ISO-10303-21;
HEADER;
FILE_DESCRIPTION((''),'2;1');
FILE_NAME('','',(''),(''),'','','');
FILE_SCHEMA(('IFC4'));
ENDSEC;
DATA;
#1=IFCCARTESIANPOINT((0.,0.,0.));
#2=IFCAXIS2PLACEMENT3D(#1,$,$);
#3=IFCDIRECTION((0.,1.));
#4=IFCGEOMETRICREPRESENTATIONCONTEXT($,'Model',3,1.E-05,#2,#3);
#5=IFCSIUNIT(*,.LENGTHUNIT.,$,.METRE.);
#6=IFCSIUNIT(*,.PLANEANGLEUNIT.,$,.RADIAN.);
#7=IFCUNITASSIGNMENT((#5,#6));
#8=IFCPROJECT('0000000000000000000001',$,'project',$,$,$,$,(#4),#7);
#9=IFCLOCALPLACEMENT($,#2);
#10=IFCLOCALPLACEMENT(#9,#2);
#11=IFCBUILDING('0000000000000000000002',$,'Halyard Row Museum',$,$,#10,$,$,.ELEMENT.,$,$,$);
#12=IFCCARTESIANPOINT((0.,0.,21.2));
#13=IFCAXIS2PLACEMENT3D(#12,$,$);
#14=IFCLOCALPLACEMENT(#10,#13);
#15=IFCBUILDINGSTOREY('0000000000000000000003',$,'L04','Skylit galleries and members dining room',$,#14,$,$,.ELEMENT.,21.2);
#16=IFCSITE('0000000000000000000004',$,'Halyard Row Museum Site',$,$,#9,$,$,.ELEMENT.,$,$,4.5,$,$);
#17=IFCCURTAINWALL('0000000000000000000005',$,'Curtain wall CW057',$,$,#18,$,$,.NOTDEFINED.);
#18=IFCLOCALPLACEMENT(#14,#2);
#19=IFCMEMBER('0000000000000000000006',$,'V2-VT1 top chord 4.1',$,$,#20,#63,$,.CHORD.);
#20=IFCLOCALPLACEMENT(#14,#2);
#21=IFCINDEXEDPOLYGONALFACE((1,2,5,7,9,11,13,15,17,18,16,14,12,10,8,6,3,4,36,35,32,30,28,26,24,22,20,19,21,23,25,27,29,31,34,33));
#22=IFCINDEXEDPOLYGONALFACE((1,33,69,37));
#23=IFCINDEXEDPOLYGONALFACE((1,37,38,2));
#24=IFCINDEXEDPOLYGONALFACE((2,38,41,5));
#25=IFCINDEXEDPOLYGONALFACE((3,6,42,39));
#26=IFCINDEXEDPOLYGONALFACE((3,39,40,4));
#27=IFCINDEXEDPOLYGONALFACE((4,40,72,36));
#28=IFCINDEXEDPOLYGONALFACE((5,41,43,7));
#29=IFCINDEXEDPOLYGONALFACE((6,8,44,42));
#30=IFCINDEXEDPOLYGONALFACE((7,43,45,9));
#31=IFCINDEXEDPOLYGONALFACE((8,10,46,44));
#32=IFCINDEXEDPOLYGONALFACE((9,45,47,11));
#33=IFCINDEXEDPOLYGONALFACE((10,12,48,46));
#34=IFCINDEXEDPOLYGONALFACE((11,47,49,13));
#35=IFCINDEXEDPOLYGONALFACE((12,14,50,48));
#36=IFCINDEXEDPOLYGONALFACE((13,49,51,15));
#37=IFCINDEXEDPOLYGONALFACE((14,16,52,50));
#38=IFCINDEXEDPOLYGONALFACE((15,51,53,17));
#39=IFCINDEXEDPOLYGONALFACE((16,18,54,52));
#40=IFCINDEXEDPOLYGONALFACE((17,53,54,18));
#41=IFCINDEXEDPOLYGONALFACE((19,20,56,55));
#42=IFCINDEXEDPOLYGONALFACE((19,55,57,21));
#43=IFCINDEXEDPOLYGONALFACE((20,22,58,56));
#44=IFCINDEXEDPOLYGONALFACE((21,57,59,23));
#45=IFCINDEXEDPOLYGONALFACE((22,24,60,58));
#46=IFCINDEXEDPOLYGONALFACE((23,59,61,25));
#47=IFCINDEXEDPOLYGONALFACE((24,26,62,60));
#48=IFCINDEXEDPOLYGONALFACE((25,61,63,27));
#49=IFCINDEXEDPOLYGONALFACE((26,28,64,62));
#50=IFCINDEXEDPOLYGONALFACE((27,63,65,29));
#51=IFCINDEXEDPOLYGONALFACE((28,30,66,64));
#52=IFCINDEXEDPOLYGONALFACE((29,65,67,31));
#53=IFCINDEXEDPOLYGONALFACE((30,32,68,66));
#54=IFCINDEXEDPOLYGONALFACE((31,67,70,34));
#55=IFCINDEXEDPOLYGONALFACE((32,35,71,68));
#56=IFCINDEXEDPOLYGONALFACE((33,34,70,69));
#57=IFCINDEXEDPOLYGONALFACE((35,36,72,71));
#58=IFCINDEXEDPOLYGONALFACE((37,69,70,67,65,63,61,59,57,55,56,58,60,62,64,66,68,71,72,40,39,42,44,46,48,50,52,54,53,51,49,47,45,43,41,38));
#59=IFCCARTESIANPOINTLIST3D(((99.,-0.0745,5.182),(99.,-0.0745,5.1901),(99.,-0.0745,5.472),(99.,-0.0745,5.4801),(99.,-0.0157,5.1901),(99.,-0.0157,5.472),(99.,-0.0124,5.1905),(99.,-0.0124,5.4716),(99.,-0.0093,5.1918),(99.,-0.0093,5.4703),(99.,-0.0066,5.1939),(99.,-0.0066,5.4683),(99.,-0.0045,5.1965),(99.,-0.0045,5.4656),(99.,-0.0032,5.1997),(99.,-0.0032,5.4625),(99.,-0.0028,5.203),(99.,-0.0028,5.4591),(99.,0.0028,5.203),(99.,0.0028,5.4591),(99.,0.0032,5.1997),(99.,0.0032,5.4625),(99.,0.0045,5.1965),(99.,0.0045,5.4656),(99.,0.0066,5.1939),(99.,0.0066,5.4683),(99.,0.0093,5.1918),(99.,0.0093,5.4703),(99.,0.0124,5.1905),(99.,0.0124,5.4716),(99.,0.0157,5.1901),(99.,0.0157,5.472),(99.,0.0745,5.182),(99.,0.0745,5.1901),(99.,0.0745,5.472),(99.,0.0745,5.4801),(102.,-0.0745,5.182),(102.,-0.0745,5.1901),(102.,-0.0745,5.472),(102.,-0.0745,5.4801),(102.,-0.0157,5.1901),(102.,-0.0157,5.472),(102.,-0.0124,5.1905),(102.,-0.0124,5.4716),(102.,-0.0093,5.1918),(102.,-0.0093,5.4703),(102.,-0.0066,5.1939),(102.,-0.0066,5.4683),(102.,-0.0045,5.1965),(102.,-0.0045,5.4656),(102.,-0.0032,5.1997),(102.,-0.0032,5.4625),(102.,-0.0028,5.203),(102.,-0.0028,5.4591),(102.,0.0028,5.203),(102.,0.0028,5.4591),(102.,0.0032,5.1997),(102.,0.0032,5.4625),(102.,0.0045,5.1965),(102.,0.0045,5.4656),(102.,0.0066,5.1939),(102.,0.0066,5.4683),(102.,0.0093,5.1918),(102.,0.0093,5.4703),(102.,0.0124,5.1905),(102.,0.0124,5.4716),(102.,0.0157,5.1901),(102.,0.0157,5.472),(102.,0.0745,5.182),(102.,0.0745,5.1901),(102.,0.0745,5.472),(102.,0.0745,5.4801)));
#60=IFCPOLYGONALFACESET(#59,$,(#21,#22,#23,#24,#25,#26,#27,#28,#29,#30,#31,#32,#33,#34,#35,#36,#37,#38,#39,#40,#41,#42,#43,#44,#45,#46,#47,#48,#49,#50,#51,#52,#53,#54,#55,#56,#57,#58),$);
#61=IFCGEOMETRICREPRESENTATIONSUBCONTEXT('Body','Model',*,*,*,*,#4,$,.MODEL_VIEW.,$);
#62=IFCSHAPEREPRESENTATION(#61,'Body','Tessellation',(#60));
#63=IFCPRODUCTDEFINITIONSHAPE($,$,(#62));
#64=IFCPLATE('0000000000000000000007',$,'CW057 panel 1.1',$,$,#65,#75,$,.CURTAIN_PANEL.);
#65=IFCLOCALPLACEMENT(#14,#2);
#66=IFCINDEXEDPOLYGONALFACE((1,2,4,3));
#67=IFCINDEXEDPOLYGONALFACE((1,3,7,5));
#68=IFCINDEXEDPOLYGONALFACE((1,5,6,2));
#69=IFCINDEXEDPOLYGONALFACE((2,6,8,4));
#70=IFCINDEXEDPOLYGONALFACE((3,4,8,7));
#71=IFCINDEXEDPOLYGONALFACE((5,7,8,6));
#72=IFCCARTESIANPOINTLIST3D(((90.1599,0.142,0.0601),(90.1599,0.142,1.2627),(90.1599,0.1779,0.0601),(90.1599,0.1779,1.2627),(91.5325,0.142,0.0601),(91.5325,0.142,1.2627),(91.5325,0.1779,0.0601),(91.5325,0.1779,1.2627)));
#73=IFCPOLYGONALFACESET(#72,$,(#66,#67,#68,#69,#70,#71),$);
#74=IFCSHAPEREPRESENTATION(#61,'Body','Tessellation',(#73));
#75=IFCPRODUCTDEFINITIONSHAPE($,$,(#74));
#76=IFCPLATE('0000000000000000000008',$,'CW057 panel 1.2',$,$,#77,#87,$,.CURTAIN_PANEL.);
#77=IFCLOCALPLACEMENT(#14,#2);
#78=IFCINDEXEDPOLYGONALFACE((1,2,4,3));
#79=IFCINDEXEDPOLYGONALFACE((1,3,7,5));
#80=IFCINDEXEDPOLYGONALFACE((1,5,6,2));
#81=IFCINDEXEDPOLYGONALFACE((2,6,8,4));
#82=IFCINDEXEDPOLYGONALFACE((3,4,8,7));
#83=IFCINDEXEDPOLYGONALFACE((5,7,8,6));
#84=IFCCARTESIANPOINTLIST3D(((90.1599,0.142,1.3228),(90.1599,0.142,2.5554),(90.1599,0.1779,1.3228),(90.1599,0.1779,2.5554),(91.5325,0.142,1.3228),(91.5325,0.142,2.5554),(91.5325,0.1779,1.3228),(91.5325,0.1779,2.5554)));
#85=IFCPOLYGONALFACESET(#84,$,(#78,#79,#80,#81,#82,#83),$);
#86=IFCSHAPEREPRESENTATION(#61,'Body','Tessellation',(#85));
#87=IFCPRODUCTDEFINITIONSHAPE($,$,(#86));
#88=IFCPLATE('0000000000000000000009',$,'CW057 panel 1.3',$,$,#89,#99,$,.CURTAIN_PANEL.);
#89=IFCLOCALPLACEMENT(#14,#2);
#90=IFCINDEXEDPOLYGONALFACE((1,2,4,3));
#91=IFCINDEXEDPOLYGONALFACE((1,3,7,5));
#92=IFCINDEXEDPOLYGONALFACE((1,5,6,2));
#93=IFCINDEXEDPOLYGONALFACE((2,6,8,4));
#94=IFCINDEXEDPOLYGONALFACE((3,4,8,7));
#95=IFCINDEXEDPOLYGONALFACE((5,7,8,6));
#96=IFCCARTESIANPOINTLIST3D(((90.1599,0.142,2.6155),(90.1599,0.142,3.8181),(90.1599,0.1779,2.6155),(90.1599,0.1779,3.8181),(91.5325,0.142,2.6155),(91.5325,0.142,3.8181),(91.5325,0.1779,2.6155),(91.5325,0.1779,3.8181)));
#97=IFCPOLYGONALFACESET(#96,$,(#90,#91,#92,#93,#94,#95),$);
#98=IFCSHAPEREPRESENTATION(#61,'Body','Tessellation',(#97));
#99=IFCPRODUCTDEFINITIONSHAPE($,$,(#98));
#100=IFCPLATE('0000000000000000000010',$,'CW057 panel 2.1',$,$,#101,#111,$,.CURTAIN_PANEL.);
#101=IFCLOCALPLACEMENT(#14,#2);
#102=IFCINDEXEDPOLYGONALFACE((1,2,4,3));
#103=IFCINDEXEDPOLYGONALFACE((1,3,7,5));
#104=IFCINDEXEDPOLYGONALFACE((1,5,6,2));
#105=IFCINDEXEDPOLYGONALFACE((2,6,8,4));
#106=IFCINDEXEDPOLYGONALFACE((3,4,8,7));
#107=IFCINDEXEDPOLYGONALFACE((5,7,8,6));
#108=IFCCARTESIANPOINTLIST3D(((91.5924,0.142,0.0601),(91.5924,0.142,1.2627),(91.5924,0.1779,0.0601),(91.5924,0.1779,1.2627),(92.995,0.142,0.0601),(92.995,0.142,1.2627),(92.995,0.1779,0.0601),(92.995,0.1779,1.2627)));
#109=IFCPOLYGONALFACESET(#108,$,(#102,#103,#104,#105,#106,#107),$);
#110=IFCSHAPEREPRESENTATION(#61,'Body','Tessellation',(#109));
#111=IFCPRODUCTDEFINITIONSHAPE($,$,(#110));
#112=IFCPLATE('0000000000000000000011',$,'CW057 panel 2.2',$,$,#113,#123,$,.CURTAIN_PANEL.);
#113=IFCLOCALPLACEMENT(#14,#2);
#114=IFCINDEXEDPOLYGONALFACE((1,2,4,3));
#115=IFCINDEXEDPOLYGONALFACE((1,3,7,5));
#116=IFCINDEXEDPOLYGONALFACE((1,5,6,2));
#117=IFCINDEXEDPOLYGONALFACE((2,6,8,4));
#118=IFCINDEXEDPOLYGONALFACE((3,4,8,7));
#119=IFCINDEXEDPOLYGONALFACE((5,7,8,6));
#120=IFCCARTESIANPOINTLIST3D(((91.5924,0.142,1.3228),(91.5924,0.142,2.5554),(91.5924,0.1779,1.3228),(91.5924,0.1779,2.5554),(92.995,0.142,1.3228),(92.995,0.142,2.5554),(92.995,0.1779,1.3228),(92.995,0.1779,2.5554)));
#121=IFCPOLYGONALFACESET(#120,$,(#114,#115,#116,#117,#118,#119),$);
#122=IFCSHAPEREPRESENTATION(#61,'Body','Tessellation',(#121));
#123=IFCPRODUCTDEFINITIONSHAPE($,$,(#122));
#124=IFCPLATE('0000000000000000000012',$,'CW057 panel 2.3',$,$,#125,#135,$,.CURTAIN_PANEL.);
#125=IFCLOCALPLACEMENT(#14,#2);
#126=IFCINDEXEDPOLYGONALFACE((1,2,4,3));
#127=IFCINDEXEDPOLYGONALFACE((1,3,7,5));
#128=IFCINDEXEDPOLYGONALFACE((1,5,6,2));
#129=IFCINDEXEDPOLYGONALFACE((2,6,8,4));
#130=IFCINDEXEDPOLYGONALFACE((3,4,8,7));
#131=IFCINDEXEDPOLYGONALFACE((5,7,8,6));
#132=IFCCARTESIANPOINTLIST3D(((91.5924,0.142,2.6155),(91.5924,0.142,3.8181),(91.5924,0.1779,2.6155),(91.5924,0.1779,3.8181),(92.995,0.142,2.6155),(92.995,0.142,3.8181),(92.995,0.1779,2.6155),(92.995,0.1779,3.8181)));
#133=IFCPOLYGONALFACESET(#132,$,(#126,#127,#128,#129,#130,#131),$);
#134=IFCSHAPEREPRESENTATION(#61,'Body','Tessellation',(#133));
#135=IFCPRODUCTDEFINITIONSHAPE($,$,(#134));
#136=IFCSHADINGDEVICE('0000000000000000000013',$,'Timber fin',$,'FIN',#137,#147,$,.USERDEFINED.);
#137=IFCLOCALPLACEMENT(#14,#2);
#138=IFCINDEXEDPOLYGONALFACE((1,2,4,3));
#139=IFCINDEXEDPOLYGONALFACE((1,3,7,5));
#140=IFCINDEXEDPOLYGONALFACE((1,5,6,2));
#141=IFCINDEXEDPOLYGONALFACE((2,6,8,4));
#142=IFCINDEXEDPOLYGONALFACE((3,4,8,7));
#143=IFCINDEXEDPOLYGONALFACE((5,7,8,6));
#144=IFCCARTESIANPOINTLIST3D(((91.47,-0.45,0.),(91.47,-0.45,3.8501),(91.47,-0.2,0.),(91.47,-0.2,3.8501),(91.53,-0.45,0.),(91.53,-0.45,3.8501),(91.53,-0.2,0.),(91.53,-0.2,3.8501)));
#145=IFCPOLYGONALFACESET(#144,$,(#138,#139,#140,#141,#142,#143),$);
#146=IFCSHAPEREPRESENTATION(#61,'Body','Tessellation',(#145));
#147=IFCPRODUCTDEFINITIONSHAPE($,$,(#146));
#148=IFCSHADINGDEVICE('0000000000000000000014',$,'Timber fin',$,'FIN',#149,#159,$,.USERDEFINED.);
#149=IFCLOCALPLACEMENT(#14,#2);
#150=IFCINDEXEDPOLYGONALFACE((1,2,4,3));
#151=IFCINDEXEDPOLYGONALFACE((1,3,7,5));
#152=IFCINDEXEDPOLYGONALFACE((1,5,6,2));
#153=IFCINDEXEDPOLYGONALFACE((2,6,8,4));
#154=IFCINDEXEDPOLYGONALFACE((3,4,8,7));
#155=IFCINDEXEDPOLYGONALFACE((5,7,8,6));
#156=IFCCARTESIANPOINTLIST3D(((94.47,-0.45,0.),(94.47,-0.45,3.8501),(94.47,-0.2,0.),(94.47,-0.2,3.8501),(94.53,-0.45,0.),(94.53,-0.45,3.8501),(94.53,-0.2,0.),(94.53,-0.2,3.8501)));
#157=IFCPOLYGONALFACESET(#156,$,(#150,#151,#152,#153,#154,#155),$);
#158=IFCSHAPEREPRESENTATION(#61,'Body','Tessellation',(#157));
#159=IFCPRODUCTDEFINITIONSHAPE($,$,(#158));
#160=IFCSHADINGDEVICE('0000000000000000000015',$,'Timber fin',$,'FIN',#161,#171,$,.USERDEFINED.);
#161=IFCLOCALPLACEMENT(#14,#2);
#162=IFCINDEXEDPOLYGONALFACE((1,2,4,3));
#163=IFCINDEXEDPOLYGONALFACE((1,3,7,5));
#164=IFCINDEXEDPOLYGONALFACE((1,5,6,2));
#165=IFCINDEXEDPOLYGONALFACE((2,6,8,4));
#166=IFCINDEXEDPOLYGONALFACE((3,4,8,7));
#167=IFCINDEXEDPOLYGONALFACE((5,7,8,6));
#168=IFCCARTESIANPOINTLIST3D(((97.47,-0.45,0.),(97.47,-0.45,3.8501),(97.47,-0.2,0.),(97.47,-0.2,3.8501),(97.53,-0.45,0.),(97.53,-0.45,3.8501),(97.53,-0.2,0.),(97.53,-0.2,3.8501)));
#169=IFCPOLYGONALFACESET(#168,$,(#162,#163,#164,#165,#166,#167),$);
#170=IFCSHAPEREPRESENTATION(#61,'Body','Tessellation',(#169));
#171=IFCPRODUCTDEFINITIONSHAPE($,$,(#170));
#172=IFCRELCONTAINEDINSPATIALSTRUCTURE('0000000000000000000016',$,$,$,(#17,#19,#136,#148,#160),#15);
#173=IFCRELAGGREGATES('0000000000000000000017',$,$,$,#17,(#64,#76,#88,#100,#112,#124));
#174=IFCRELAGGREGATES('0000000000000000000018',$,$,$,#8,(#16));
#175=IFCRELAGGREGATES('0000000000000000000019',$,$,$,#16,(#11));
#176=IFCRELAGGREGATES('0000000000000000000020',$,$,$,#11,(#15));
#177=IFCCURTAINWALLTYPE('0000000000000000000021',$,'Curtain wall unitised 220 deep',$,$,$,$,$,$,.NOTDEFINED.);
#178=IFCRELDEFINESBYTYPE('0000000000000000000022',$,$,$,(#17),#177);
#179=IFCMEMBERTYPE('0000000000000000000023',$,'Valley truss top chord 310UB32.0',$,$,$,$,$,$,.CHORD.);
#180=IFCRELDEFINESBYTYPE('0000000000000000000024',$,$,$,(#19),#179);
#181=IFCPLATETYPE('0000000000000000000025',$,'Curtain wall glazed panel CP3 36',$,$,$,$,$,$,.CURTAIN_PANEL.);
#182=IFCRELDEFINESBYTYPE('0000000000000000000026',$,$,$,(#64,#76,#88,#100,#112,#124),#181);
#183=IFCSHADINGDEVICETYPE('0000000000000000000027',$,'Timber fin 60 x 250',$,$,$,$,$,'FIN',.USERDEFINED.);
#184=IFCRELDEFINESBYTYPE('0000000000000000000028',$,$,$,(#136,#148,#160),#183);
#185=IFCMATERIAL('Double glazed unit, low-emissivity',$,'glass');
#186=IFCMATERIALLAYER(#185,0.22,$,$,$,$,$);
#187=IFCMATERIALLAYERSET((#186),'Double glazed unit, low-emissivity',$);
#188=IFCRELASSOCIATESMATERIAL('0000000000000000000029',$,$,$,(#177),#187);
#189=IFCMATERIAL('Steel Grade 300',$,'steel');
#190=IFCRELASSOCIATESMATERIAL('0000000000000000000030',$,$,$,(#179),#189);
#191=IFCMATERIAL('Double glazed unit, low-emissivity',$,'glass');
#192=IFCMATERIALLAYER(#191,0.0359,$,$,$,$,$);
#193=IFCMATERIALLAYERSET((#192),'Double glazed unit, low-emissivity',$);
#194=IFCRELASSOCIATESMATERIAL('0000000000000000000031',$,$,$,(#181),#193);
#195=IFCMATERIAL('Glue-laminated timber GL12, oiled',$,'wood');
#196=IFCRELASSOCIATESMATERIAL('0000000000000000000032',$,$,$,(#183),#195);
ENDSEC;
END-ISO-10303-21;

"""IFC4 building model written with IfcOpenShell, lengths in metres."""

from ifc_helpers import new_model, si_unit, direction, frame, origin, origin_2d, place, context, subcontext, project, spatial, rectangle, i_section, extrude, material, layer, layer_set, material_profile, profile_set, type_object, element, aggregate, save


model = new_model("IFC4")

# Units and contexts
model_context = context("Model", 3, precision=1e-05, world=origin(), true_north=direction((0.0, 1.0)))
body_context = subcontext(model_context, "Body", "Model", "MODEL_VIEW")
ifc_project = project(units=[si_unit("LENGTHUNIT", "METRE"), si_unit("PLANEANGLEUNIT", "RADIAN")], contexts=[model_context])

# Site, building, storey
site_placement = place(None, origin())
site = spatial("IfcSite", under=ifc_project, at=site_placement, Name="Halyard Row Museum Site", CompositionType="ELEMENT", RefElevation=4.5)
building_placement = place(site_placement, origin())
building = spatial("IfcBuilding", under=site, at=building_placement, Name="Halyard Row Museum", CompositionType="ELEMENT")
storey_placement = place(building_placement, frame((0.0, 0.0, 21.2)))
storey = spatial("IfcBuildingStorey", under=building, at=storey_placement, Name="L04", Description="Skylit galleries and members dining room", CompositionType="ELEMENT", Elevation=21.2)

# Curtain wall
ifc_material_1 = material(Name="Double glazed unit, low-emissivity", Category="glass")
ifc_layer_1 = layer(ifc_material_1, 0.22)
ifc_layer_set_1 = layer_set([ifc_layer_1], Name="Double glazed unit, low-emissivity")
curtain_wall_type = type_object("IfcCurtainWallType", Name="Curtain wall unitised 220 deep", PredefinedType="NOTDEFINED", material=ifc_layer_set_1)
curtain_wall_placement = place(storey_placement, origin())
curtain_wall = element("IfcCurtainWall", 1, at=curtain_wall_placement, inside=storey, type_object=curtain_wall_type, Name="Curtain wall CW057", PredefinedType="NOTDEFINED")

# Member
ifc_material_2 = material(Name="Steel Grade 300", Category="steel")
ifc_material_profile_1 = material_profile(ifc_material_2, i_section(OverallWidth=0.1489, OverallDepth=0.2981, WebThickness=0.0056, FlangeThickness=0.0081, FilletRadius=0.0129, at=origin_2d()), Name="310UB32.0")
ifc_profile_set_1 = profile_set([ifc_material_profile_1], Name="Steel Grade 300")
member_type_1 = type_object("IfcMemberType", Name="Valley truss top chord 310UB32.0", PredefinedType="CHORD", material=ifc_profile_set_1)
for number, where, z_axis, x_axis, name in (
    (2, (99.0, 0.0, 5.3311), (1.0, 0.0, 0.0), (0.0, 1.0, 0.0), "V2-VT1 top chord 4.1"),
):
    element("IfcMember", number, at=place(storey_placement, frame(where, z_axis=z_axis, x_axis=x_axis)), inside=storey, type_object=member_type_1, Name=name, PredefinedType="CHORD", context=body_context, shape_type="SweptSolid", body=[
        extrude(i_section(OverallWidth=0.1489, OverallDepth=0.2981, WebThickness=0.0056, FlangeThickness=0.0081, FilletRadius=0.0129, at=origin_2d()), origin(), (0.0, 0.0, 1.0), 3.0),
    ])

# Plates
ifc_material_3 = material(Name="Double glazed unit, low-emissivity", Category="glass")
ifc_layer_2 = layer(ifc_material_3, 0.0359)
ifc_layer_set_2 = layer_set([ifc_layer_2], Name="Double glazed unit, low-emissivity")
plate_type = type_object("IfcPlateType", Name="Curtain wall glazed panel CP3 36", PredefinedType="CURTAIN_PANEL", material=ifc_layer_set_2)
plate_1_placement = place(storey_placement, frame((90.8462, 0.1599, 0.0601), z_axis=(0.0, 0.0, 1.0), x_axis=(1.0, 0.0, 0.0)))
plate_1 = element("IfcPlate", 3, at=plate_1_placement, type_object=plate_type, Name="CW057 panel 1.1", PredefinedType="CURTAIN_PANEL", context=body_context, shape_type="SweptSolid", body=[
    extrude(rectangle(XDim=1.3726, YDim=0.0359, at=origin_2d()), origin(), (0.0, 0.0, 1.0), 1.2026),
])
plate_2_placement = place(storey_placement, frame((90.8462, 0.1599, 1.3228), z_axis=(0.0, 0.0, 1.0), x_axis=(1.0, 0.0, 0.0)))
plate_2 = element("IfcPlate", 4, at=plate_2_placement, type_object=plate_type, Name="CW057 panel 1.2", PredefinedType="CURTAIN_PANEL", context=body_context, shape_type="SweptSolid", body=[
    extrude(rectangle(XDim=1.3726, YDim=0.0359, at=origin_2d()), origin(), (0.0, 0.0, 1.0), 1.2327),
])
plate_3_placement = place(storey_placement, frame((90.8462, 0.1599, 2.6155), z_axis=(0.0, 0.0, 1.0), x_axis=(1.0, 0.0, 0.0)))
plate_3 = element("IfcPlate", 5, at=plate_3_placement, type_object=plate_type, Name="CW057 panel 1.3", PredefinedType="CURTAIN_PANEL", context=body_context, shape_type="SweptSolid", body=[
    extrude(rectangle(XDim=1.3726, YDim=0.0359, at=origin_2d()), origin(), (0.0, 0.0, 1.0), 1.2026),
])
plate_4_placement = place(storey_placement, frame((92.2937, 0.1599, 0.0601), z_axis=(0.0, 0.0, 1.0), x_axis=(1.0, 0.0, 0.0)))
plate_4 = element("IfcPlate", 6, at=plate_4_placement, type_object=plate_type, Name="CW057 panel 2.1", PredefinedType="CURTAIN_PANEL", context=body_context, shape_type="SweptSolid", body=[
    extrude(rectangle(XDim=1.4026, YDim=0.0359, at=origin_2d()), origin(), (0.0, 0.0, 1.0), 1.2026),
])
plate_5_placement = place(storey_placement, frame((92.2937, 0.1599, 1.3228), z_axis=(0.0, 0.0, 1.0), x_axis=(1.0, 0.0, 0.0)))
plate_5 = element("IfcPlate", 7, at=plate_5_placement, type_object=plate_type, Name="CW057 panel 2.2", PredefinedType="CURTAIN_PANEL", context=body_context, shape_type="SweptSolid", body=[
    extrude(rectangle(XDim=1.4026, YDim=0.0359, at=origin_2d()), origin(), (0.0, 0.0, 1.0), 1.2327),
])
plate_6_placement = place(storey_placement, frame((92.2937, 0.1599, 2.6155), z_axis=(0.0, 0.0, 1.0), x_axis=(1.0, 0.0, 0.0)))
plate_6 = element("IfcPlate", 8, at=plate_6_placement, type_object=plate_type, Name="CW057 panel 2.3", PredefinedType="CURTAIN_PANEL", context=body_context, shape_type="SweptSolid", body=[
    extrude(rectangle(XDim=1.4026, YDim=0.0359, at=origin_2d()), origin(), (0.0, 0.0, 1.0), 1.2026),
])
aggregate(curtain_wall, [plate_1, plate_2, plate_3, plate_4, plate_5, plate_6])

# Shading devices
ifc_material_4 = material(Name="Glue-laminated timber GL12, oiled", Category="wood")
shading_device_type = type_object("IfcShadingDeviceType", Name="Timber fin 60 x 250", ElementType="FIN", PredefinedType="USERDEFINED", material=ifc_material_4)
for number, where, z_axis, x_axis, name in (
    (9, (91.5, -0.325, 0.0), (0.0, 0.0, 1.0), (1.0, 0.0, 0.0), "Timber fin"),
    (10, (94.5, -0.325, 0.0), (0.0, 0.0, 1.0), (1.0, 0.0, 0.0), "Timber fin"),
    (11, (97.5, -0.325, 0.0), (0.0, 0.0, 1.0), (1.0, 0.0, 0.0), "Timber fin"),
):
    element("IfcShadingDevice", number, at=place(storey_placement, frame(where, z_axis=z_axis, x_axis=x_axis)), inside=storey, type_object=shading_device_type, Name=name, ObjectType="FIN", PredefinedType="USERDEFINED", context=body_context, shape_type="SweptSolid", body=[
        extrude(rectangle(XDim=0.0601, YDim=0.25, at=origin_2d()), origin(), (0.0, 0.0, 1.0), 3.8501),
    ])

save(model, "model.ifc")
